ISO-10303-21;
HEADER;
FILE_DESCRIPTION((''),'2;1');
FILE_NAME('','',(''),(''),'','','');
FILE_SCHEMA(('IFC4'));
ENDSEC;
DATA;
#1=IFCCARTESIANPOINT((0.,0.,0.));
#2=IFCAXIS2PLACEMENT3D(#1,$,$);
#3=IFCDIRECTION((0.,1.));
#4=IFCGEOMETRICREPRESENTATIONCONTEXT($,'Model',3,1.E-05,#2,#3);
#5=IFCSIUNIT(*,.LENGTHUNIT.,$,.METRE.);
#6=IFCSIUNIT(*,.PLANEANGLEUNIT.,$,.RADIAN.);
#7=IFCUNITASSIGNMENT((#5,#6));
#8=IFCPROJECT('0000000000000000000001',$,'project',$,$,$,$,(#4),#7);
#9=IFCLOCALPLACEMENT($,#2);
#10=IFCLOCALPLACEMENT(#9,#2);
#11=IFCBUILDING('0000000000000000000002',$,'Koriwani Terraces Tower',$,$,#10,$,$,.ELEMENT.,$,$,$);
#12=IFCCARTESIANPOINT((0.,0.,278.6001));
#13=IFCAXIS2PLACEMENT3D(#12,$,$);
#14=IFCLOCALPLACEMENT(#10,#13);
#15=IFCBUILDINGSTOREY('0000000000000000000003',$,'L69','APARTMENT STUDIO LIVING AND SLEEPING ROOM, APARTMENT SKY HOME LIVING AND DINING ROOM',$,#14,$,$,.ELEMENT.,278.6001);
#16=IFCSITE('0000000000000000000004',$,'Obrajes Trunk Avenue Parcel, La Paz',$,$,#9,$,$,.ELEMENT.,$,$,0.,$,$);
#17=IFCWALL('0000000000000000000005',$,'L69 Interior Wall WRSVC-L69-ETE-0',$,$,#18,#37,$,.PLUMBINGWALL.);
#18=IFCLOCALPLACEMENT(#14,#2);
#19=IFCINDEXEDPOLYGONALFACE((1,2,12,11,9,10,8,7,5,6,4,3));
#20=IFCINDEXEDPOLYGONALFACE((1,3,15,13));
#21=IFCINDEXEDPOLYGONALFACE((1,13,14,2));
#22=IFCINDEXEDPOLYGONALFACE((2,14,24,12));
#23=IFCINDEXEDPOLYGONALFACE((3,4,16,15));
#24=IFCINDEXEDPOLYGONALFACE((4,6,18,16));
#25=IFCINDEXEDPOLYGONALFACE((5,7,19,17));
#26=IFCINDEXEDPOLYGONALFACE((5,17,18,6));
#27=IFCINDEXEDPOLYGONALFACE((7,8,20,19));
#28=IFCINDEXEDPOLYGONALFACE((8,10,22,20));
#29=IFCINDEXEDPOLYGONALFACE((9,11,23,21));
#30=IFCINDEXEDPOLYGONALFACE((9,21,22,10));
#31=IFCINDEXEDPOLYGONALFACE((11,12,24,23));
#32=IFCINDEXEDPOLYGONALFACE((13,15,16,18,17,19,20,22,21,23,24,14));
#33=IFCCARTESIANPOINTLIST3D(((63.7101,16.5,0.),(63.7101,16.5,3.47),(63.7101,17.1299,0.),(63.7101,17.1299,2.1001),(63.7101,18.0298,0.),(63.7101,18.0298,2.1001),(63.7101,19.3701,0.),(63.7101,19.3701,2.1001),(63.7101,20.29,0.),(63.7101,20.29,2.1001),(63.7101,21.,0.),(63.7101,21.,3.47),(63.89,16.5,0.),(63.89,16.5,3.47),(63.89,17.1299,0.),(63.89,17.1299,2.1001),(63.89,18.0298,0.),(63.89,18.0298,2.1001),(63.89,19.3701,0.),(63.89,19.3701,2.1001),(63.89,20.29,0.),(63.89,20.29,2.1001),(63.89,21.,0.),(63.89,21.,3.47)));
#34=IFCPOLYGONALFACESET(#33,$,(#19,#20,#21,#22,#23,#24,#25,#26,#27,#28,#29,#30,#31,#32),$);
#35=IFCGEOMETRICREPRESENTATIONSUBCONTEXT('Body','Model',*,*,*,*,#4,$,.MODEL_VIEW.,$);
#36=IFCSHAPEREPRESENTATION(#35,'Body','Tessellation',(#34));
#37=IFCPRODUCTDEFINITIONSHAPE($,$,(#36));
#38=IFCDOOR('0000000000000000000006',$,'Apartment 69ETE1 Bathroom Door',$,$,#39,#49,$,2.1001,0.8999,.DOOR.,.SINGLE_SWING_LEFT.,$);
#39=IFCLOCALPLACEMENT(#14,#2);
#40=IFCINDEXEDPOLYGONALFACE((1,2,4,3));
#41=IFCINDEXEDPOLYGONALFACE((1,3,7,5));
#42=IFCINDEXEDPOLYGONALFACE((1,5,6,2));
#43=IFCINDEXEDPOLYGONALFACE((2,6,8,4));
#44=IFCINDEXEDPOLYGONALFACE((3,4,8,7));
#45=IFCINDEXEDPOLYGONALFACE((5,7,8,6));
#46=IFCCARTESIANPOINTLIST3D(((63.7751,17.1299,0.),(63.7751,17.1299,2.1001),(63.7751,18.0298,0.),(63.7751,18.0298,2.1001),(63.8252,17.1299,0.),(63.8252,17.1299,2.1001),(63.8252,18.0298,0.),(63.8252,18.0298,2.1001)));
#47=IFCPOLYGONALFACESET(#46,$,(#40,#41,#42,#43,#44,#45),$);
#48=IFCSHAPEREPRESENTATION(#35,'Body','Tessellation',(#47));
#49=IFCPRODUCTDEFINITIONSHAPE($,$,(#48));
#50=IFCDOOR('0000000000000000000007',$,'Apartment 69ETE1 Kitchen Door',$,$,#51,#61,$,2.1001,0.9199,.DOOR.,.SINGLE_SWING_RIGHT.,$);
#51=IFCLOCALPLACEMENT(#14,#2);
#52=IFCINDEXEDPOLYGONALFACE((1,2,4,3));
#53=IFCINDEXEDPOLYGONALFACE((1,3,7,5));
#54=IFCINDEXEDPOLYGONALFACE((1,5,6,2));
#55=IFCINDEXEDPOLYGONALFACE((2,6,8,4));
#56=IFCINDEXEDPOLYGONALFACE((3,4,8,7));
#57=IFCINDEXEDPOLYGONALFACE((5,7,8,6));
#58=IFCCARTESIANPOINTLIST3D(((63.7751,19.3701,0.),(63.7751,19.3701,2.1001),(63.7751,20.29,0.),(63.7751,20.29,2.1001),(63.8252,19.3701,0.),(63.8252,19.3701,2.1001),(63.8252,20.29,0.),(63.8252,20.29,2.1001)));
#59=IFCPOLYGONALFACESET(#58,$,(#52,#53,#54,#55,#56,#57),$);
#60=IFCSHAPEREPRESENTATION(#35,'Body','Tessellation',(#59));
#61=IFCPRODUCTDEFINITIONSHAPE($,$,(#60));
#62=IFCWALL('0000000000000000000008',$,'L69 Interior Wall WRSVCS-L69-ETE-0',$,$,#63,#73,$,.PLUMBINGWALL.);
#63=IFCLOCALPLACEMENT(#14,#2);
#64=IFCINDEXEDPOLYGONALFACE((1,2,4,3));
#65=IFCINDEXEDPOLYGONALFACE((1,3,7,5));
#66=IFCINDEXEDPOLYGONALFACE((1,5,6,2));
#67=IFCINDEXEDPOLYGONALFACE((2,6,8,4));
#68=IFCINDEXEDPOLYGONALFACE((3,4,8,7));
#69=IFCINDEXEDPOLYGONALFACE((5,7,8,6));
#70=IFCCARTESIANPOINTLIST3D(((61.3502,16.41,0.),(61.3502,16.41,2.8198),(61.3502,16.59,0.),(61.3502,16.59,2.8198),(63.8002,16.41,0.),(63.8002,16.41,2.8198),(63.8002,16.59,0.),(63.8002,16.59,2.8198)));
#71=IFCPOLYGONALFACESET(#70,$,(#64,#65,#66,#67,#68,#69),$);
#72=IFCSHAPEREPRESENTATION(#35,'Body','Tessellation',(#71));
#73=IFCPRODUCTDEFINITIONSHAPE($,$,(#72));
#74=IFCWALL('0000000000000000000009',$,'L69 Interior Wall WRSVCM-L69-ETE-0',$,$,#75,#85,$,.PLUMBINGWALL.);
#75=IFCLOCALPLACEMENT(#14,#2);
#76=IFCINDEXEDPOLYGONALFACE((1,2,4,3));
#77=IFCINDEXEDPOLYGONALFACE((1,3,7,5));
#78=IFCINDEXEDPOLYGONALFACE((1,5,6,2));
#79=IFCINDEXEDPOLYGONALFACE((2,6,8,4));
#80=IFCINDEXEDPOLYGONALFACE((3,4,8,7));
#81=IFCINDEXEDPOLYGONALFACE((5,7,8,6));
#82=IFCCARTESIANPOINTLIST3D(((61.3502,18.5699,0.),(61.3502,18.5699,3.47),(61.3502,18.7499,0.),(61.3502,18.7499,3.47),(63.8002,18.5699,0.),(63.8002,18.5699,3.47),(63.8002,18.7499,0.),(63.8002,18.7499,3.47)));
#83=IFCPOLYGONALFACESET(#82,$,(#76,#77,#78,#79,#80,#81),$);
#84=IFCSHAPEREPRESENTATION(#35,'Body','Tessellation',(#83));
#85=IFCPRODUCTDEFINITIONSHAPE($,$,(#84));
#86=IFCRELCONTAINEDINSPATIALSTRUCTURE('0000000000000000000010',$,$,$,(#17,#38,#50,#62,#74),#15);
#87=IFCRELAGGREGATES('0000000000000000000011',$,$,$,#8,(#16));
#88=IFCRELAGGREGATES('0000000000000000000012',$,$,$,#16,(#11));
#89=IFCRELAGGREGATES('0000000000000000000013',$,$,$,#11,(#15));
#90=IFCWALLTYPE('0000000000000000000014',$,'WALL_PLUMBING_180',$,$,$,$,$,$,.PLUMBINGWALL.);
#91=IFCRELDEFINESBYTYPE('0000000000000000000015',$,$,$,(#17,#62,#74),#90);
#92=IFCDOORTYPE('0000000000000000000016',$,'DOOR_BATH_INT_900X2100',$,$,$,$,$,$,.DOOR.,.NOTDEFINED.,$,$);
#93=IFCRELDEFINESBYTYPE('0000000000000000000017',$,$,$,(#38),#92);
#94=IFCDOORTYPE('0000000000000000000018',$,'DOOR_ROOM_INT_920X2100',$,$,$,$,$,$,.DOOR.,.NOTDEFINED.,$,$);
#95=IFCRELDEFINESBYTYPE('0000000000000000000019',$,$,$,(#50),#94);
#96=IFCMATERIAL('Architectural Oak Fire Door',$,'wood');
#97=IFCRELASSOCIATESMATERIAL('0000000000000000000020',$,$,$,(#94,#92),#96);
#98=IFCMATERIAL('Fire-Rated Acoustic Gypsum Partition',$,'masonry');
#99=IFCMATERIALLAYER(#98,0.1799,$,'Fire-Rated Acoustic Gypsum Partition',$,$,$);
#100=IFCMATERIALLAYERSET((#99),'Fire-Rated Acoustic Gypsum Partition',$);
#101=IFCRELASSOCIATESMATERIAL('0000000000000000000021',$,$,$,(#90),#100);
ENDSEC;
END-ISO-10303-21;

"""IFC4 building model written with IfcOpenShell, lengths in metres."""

from ifc_helpers import new_model, si_unit, direction, frame, frame_2d, origin, place, context, subcontext, project, spatial, rectangle, extrude, material, layer, layer_set, type_object, element, fill, save


model = new_model("IFC4")

# Units and contexts
model_context = context("Model", 3, precision=1e-05, world=origin(), true_north=direction((0.0, 1.0)))
body_context = subcontext(model_context, "Body", "Model", "MODEL_VIEW")
ifc_project = project(units=[si_unit("LENGTHUNIT", "METRE"), si_unit("PLANEANGLEUNIT", "RADIAN")], contexts=[model_context])

# Site, building, storey
site_placement = place(None, origin())
site = spatial("IfcSite", under=ifc_project, at=site_placement, Name="Obrajes Trunk Avenue Parcel, La Paz", CompositionType="ELEMENT", RefElevation=0.0)
building_placement = place(site_placement, origin())
building = spatial("IfcBuilding", under=site, at=building_placement, Name="Koriwani Terraces Tower", CompositionType="ELEMENT")
storey_placement = place(building_placement, frame((0.0, 0.0, 278.6001)))
storey = spatial("IfcBuildingStorey", under=building, at=storey_placement, Name="L69", Description="APARTMENT STUDIO LIVING AND SLEEPING ROOM, APARTMENT SKY HOME LIVING AND DINING ROOM", CompositionType="ELEMENT", Elevation=278.6001)

# Shared definitions
ifc_material_1 = material(Name="Architectural Oak Fire Door", Category="wood")
door_type_1 = type_object("IfcDoorType", Name="DOOR_ROOM_INT_920X2100", OperationType="NOTDEFINED", PredefinedType="DOOR", material=ifc_material_1)

# Shared definitions
ifc_material_2 = material(Name="Fire-Rated Acoustic Gypsum Partition", Category="masonry")

# Wall, openings, doors
ifc_layer_1 = layer(ifc_material_2, 0.1799, Name="Fire-Rated Acoustic Gypsum Partition")
ifc_layer_set_1 = layer_set([ifc_layer_1], Name="Fire-Rated Acoustic Gypsum Partition")
wall_type_1 = type_object("IfcWallType", Name="WALL_PLUMBING_180", PredefinedType="PLUMBINGWALL", material=ifc_layer_set_1)
wall_1_placement = place(storey_placement, frame((63.8, 16.5, 0.0), z_axis=(0.0, 0.0, 1.0), x_axis=(0.0, 1.0, 0.0)))
wall_1 = element("IfcWall", 1, at=wall_1_placement, inside=storey, type_object=wall_type_1, Name="L69 Interior Wall WRSVC-L69-ETE-0", PredefinedType="PLUMBINGWALL", context=body_context, shape_type="SweptSolid", body=[
    extrude(rectangle(XDim=4.5, YDim=0.1799, at=frame_2d((2.25, 0.0))), origin(), (0.0, 0.0, 1.0), 3.47),
])
opening_1_placement = place(wall_1_placement, frame((0.6299, 0.0, 0.0)))
opening_1 = element("IfcOpeningElement", 2, at=opening_1_placement, cuts=wall_1, PredefinedType="OPENING", context=body_context, shape_type="SweptSolid", body=[
    extrude(rectangle(XDim=0.8999, YDim=2.1001, at=frame_2d((0.45, 1.05))), frame((0.0, 0.1001, 0.0), z_axis=(0.0, -1.0, 0.0), x_axis=(1.0, 0.0, 0.0)), (0.0, 0.0, 1.0), 0.2),
])
opening_2_placement = place(wall_1_placement, frame((2.8701, 0.0, 0.0)))
opening_2 = element("IfcOpeningElement", 3, at=opening_2_placement, cuts=wall_1, PredefinedType="OPENING", context=body_context, shape_type="SweptSolid", body=[
    extrude(rectangle(XDim=0.9199, YDim=2.1001, at=frame_2d((0.46, 1.05))), frame((0.0, 0.1001, 0.0), z_axis=(0.0, -1.0, 0.0), x_axis=(1.0, 0.0, 0.0)), (0.0, 0.0, 1.0), 0.2),
])
door_type_2 = type_object("IfcDoorType", Name="DOOR_BATH_INT_900X2100", OperationType="NOTDEFINED", PredefinedType="DOOR", material=ifc_material_1)
door_1_placement = place(opening_1_placement, origin())
door_1 = element("IfcDoor", 4, at=door_1_placement, inside=storey, type_object=door_type_2, Name="Apartment 69ETE1 Bathroom Door", OperationType="SINGLE_SWING_LEFT", OverallHeight=2.1001, OverallWidth=0.8999, PredefinedType="DOOR", context=body_context, shape_type="SweptSolid", body=[
    extrude(rectangle(XDim=0.8999, YDim=2.1001, at=frame_2d((0.45, 1.05))), frame((0.0, 0.0249, 0.0), z_axis=(0.0, -1.0, 0.0), x_axis=(1.0, 0.0, 0.0)), (0.0, 0.0, 1.0), 0.05),
])
fill(opening_1, door_1)
door_2_placement = place(opening_2_placement, origin())
door_2 = element("IfcDoor", 5, at=door_2_placement, inside=storey, type_object=door_type_1, Name="Apartment 69ETE1 Kitchen Door", OperationType="SINGLE_SWING_RIGHT", OverallHeight=2.1001, OverallWidth=0.9199, PredefinedType="DOOR", context=body_context, shape_type="SweptSolid", body=[
    extrude(rectangle(XDim=0.9199, YDim=2.1001, at=frame_2d((0.46, 1.05))), frame((0.0, 0.0249, 0.0), z_axis=(0.0, -1.0, 0.0), x_axis=(1.0, 0.0, 0.0)), (0.0, 0.0, 1.0), 0.05),
])
fill(opening_2, door_2)

# Walls
wall_2_placement = place(storey_placement, frame((61.3501, 16.5, 0.0), z_axis=(0.0, 0.0, 1.0), x_axis=(1.0, 0.0, 0.0)))
element("IfcWall", 6, at=wall_2_placement, inside=storey, type_object=wall_type_1, Name="L69 Interior Wall WRSVCS-L69-ETE-0", PredefinedType="PLUMBINGWALL", context=body_context, shape_type="SweptSolid", body=[
    extrude(rectangle(XDim=2.45, YDim=0.1799, at=frame_2d((1.2251, 0.0))), origin(), (0.0, 0.0, 1.0), 2.8198),
])
wall_3_placement = place(storey_placement, frame((61.3501, 18.6599, 0.0), z_axis=(0.0, 0.0, 1.0), x_axis=(1.0, 0.0, 0.0)))
element("IfcWall", 7, at=wall_3_placement, inside=storey, type_object=wall_type_1, Name="L69 Interior Wall WRSVCM-L69-ETE-0", PredefinedType="PLUMBINGWALL", context=body_context, shape_type="SweptSolid", body=[
    extrude(rectangle(XDim=2.45, YDim=0.1799, at=frame_2d((1.2251, 0.0))), origin(), (0.0, 0.0, 1.0), 3.47),
])

save(model, "model.ifc")
